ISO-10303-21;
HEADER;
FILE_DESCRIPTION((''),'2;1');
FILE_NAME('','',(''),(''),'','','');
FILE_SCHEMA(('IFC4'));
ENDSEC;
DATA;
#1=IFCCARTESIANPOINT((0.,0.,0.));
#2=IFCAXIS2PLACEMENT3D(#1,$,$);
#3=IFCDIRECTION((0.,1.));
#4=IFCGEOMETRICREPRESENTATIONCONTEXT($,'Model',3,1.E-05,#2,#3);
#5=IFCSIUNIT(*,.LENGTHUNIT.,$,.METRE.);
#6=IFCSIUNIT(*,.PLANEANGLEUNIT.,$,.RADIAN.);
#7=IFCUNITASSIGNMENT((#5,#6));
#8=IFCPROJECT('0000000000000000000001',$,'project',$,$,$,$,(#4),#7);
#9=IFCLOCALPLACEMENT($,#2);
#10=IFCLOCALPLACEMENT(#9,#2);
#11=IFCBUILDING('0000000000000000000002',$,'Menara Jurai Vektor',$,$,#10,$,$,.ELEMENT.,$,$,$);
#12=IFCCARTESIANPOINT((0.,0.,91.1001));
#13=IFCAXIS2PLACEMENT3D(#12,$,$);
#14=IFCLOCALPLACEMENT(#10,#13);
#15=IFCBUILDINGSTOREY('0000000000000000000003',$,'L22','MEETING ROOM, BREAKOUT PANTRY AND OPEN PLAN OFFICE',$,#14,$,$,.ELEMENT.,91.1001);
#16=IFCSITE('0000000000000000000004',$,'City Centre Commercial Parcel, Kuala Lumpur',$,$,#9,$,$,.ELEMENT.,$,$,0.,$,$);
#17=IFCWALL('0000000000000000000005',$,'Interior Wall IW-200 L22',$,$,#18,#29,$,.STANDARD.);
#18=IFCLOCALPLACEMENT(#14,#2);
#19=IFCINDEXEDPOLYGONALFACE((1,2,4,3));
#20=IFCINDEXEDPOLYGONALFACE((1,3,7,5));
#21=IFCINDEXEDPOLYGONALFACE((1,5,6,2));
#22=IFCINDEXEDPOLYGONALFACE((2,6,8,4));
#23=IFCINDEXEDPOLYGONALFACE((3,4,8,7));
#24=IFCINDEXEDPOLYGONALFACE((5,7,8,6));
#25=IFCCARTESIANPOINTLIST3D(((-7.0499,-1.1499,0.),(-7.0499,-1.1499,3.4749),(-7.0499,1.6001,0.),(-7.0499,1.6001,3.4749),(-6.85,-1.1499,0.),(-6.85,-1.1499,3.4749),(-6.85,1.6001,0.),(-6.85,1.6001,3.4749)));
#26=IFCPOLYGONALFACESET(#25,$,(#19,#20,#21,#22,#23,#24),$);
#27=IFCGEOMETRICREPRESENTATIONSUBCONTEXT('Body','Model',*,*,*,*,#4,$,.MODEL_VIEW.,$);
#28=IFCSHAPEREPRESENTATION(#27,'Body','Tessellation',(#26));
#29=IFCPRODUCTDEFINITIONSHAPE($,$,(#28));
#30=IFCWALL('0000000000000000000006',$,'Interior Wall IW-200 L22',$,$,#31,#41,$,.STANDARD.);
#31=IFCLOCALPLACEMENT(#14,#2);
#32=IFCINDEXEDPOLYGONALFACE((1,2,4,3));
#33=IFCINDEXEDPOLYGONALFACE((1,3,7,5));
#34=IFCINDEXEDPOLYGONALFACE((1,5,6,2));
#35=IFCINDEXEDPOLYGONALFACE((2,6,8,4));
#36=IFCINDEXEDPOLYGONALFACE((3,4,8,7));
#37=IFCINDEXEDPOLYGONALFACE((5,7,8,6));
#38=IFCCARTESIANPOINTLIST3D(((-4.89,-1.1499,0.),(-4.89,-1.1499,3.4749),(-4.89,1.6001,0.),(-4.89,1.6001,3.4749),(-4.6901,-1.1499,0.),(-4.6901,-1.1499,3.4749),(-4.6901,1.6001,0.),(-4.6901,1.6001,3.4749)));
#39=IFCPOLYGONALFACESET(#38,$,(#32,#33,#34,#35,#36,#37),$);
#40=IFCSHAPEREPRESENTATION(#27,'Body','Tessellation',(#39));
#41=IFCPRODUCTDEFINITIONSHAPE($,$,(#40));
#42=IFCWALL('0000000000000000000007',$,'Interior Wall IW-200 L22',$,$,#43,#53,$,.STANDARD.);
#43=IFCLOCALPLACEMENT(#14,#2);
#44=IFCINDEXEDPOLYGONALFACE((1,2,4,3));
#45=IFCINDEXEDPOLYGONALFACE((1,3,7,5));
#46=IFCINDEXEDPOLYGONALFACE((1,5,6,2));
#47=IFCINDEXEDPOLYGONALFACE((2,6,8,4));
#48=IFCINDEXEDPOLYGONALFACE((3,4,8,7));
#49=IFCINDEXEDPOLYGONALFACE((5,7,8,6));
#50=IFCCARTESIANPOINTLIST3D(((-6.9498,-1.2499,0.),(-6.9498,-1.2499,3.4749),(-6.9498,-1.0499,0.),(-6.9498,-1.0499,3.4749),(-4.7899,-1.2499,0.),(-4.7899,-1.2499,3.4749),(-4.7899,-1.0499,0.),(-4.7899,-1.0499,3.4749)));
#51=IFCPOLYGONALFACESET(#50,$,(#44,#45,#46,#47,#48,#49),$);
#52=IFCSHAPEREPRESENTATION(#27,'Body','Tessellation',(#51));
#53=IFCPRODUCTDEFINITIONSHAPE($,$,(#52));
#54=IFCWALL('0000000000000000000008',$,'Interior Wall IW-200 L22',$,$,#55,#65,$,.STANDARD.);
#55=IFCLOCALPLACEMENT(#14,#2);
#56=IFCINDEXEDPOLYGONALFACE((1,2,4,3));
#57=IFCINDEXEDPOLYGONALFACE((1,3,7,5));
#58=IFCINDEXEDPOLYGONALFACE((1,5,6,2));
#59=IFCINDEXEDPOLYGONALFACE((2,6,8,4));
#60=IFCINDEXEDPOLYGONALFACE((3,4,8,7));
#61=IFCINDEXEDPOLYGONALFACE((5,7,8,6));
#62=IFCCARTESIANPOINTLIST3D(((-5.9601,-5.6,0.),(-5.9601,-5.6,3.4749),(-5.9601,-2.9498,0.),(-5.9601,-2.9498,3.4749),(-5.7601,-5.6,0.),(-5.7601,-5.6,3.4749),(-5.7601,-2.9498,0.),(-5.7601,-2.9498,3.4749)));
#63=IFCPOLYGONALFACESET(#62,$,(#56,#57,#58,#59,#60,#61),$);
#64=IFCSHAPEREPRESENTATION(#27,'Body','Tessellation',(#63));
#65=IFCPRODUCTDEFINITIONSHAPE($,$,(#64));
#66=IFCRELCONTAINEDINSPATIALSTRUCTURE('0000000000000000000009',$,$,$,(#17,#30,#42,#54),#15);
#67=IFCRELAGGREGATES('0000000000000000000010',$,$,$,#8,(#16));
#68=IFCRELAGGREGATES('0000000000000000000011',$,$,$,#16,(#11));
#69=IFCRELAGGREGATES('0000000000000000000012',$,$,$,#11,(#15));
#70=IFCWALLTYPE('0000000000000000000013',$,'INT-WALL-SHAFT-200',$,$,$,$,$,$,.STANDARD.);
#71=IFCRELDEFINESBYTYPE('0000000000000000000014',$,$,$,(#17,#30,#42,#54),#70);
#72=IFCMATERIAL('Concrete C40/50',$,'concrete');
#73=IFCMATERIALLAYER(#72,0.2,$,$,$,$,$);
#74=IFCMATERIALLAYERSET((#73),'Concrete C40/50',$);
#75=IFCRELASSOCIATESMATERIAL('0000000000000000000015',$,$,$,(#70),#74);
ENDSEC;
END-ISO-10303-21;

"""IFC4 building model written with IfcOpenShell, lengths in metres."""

from ifc_helpers import new_model, si_unit, direction, frame, frame_2d, origin, place, context, subcontext, project, spatial, rectangle, extrude, material, layer, layer_set, type_object, element, save


model = new_model("IFC4")

# Units and contexts
model_context = context("Model", 3, precision=1e-05, world=origin(), true_north=direction((0.0, 1.0)))
body_context = subcontext(model_context, "Body", "Model", "MODEL_VIEW")
ifc_project = project(units=[si_unit("LENGTHUNIT", "METRE"), si_unit("PLANEANGLEUNIT", "RADIAN")], contexts=[model_context])

# Site, building, storey
site_placement = place(None, origin())
site = spatial("IfcSite", under=ifc_project, at=site_placement, Name="City Centre Commercial Parcel, Kuala Lumpur", CompositionType="ELEMENT", RefElevation=0.0)
building_placement = place(site_placement, origin())
building = spatial("IfcBuilding", under=site, at=building_placement, Name="Menara Jurai Vektor", CompositionType="ELEMENT")
storey_placement = place(building_placement, frame((0.0, 0.0, 91.1001)))
storey = spatial("IfcBuildingStorey", under=building, at=storey_placement, Name="L22", Description="MEETING ROOM, BREAKOUT PANTRY AND OPEN PLAN OFFICE", CompositionType="ELEMENT", Elevation=91.1001)

# Shared definitions
ifc_material_1 = material(Name="Concrete C40/50", Category="concrete")
ifc_layer_1 = layer(ifc_material_1, 0.2)
ifc_layer_set_1 = layer_set([ifc_layer_1], Name="Concrete C40/50")
wall_type_1 = type_object("IfcWallType", Name="INT-WALL-SHAFT-200", PredefinedType="STANDARD", material=ifc_layer_set_1)

# Walls
for number, where, z_axis, x_axis, name in (
    (1, (-6.95, -1.1499, 0.0), (0.0, 0.0, 1.0), (0.0, 1.0, 0.0), "Interior Wall IW-200 L22"),
    (2, (-4.79, -1.1499, 0.0), (0.0, 0.0, 1.0), (0.0, 1.0, 0.0), "Interior Wall IW-200 L22"),
):
    element("IfcWall", number, at=place(storey_placement, frame(where, z_axis=z_axis, x_axis=x_axis)), inside=storey, type_object=wall_type_1, Name=name, PredefinedType="STANDARD", context=body_context, shape_type="SweptSolid", body=[
        extrude(rectangle(XDim=2.75, YDim=0.2, at=frame_2d((1.375, 0.0))), origin(), (0.0, 0.0, 1.0), 3.4749),
    ])
wall_1_placement = place(storey_placement, frame((-6.95, -1.1499, 0.0), z_axis=(0.0, 0.0, 1.0), x_axis=(1.0, 0.0, 0.0)))
element("IfcWall", 3, at=wall_1_placement, inside=storey, type_object=wall_type_1, Name="Interior Wall IW-200 L22", PredefinedType="STANDARD", context=body_context, shape_type="SweptSolid", body=[
    extrude(rectangle(XDim=2.1599, YDim=0.2, at=frame_2d((1.0801, 0.0))), origin(), (0.0, 0.0, 1.0), 3.4749),
])
wall_2_placement = place(storey_placement, frame((-5.8601, -5.6001, 0.0), z_axis=(0.0, 0.0, 1.0), x_axis=(0.0, 1.0, 0.0)))
element("IfcWall", 4, at=wall_2_placement, inside=storey, type_object=wall_type_1, Name="Interior Wall IW-200 L22", PredefinedType="STANDARD", context=body_context, shape_type="SweptSolid", body=[
    extrude(rectangle(XDim=2.6501, YDim=0.2, at=frame_2d((1.3252, 0.0))), origin(), (0.0, 0.0, 1.0), 3.4749),
])

save(model, "model.ifc")
